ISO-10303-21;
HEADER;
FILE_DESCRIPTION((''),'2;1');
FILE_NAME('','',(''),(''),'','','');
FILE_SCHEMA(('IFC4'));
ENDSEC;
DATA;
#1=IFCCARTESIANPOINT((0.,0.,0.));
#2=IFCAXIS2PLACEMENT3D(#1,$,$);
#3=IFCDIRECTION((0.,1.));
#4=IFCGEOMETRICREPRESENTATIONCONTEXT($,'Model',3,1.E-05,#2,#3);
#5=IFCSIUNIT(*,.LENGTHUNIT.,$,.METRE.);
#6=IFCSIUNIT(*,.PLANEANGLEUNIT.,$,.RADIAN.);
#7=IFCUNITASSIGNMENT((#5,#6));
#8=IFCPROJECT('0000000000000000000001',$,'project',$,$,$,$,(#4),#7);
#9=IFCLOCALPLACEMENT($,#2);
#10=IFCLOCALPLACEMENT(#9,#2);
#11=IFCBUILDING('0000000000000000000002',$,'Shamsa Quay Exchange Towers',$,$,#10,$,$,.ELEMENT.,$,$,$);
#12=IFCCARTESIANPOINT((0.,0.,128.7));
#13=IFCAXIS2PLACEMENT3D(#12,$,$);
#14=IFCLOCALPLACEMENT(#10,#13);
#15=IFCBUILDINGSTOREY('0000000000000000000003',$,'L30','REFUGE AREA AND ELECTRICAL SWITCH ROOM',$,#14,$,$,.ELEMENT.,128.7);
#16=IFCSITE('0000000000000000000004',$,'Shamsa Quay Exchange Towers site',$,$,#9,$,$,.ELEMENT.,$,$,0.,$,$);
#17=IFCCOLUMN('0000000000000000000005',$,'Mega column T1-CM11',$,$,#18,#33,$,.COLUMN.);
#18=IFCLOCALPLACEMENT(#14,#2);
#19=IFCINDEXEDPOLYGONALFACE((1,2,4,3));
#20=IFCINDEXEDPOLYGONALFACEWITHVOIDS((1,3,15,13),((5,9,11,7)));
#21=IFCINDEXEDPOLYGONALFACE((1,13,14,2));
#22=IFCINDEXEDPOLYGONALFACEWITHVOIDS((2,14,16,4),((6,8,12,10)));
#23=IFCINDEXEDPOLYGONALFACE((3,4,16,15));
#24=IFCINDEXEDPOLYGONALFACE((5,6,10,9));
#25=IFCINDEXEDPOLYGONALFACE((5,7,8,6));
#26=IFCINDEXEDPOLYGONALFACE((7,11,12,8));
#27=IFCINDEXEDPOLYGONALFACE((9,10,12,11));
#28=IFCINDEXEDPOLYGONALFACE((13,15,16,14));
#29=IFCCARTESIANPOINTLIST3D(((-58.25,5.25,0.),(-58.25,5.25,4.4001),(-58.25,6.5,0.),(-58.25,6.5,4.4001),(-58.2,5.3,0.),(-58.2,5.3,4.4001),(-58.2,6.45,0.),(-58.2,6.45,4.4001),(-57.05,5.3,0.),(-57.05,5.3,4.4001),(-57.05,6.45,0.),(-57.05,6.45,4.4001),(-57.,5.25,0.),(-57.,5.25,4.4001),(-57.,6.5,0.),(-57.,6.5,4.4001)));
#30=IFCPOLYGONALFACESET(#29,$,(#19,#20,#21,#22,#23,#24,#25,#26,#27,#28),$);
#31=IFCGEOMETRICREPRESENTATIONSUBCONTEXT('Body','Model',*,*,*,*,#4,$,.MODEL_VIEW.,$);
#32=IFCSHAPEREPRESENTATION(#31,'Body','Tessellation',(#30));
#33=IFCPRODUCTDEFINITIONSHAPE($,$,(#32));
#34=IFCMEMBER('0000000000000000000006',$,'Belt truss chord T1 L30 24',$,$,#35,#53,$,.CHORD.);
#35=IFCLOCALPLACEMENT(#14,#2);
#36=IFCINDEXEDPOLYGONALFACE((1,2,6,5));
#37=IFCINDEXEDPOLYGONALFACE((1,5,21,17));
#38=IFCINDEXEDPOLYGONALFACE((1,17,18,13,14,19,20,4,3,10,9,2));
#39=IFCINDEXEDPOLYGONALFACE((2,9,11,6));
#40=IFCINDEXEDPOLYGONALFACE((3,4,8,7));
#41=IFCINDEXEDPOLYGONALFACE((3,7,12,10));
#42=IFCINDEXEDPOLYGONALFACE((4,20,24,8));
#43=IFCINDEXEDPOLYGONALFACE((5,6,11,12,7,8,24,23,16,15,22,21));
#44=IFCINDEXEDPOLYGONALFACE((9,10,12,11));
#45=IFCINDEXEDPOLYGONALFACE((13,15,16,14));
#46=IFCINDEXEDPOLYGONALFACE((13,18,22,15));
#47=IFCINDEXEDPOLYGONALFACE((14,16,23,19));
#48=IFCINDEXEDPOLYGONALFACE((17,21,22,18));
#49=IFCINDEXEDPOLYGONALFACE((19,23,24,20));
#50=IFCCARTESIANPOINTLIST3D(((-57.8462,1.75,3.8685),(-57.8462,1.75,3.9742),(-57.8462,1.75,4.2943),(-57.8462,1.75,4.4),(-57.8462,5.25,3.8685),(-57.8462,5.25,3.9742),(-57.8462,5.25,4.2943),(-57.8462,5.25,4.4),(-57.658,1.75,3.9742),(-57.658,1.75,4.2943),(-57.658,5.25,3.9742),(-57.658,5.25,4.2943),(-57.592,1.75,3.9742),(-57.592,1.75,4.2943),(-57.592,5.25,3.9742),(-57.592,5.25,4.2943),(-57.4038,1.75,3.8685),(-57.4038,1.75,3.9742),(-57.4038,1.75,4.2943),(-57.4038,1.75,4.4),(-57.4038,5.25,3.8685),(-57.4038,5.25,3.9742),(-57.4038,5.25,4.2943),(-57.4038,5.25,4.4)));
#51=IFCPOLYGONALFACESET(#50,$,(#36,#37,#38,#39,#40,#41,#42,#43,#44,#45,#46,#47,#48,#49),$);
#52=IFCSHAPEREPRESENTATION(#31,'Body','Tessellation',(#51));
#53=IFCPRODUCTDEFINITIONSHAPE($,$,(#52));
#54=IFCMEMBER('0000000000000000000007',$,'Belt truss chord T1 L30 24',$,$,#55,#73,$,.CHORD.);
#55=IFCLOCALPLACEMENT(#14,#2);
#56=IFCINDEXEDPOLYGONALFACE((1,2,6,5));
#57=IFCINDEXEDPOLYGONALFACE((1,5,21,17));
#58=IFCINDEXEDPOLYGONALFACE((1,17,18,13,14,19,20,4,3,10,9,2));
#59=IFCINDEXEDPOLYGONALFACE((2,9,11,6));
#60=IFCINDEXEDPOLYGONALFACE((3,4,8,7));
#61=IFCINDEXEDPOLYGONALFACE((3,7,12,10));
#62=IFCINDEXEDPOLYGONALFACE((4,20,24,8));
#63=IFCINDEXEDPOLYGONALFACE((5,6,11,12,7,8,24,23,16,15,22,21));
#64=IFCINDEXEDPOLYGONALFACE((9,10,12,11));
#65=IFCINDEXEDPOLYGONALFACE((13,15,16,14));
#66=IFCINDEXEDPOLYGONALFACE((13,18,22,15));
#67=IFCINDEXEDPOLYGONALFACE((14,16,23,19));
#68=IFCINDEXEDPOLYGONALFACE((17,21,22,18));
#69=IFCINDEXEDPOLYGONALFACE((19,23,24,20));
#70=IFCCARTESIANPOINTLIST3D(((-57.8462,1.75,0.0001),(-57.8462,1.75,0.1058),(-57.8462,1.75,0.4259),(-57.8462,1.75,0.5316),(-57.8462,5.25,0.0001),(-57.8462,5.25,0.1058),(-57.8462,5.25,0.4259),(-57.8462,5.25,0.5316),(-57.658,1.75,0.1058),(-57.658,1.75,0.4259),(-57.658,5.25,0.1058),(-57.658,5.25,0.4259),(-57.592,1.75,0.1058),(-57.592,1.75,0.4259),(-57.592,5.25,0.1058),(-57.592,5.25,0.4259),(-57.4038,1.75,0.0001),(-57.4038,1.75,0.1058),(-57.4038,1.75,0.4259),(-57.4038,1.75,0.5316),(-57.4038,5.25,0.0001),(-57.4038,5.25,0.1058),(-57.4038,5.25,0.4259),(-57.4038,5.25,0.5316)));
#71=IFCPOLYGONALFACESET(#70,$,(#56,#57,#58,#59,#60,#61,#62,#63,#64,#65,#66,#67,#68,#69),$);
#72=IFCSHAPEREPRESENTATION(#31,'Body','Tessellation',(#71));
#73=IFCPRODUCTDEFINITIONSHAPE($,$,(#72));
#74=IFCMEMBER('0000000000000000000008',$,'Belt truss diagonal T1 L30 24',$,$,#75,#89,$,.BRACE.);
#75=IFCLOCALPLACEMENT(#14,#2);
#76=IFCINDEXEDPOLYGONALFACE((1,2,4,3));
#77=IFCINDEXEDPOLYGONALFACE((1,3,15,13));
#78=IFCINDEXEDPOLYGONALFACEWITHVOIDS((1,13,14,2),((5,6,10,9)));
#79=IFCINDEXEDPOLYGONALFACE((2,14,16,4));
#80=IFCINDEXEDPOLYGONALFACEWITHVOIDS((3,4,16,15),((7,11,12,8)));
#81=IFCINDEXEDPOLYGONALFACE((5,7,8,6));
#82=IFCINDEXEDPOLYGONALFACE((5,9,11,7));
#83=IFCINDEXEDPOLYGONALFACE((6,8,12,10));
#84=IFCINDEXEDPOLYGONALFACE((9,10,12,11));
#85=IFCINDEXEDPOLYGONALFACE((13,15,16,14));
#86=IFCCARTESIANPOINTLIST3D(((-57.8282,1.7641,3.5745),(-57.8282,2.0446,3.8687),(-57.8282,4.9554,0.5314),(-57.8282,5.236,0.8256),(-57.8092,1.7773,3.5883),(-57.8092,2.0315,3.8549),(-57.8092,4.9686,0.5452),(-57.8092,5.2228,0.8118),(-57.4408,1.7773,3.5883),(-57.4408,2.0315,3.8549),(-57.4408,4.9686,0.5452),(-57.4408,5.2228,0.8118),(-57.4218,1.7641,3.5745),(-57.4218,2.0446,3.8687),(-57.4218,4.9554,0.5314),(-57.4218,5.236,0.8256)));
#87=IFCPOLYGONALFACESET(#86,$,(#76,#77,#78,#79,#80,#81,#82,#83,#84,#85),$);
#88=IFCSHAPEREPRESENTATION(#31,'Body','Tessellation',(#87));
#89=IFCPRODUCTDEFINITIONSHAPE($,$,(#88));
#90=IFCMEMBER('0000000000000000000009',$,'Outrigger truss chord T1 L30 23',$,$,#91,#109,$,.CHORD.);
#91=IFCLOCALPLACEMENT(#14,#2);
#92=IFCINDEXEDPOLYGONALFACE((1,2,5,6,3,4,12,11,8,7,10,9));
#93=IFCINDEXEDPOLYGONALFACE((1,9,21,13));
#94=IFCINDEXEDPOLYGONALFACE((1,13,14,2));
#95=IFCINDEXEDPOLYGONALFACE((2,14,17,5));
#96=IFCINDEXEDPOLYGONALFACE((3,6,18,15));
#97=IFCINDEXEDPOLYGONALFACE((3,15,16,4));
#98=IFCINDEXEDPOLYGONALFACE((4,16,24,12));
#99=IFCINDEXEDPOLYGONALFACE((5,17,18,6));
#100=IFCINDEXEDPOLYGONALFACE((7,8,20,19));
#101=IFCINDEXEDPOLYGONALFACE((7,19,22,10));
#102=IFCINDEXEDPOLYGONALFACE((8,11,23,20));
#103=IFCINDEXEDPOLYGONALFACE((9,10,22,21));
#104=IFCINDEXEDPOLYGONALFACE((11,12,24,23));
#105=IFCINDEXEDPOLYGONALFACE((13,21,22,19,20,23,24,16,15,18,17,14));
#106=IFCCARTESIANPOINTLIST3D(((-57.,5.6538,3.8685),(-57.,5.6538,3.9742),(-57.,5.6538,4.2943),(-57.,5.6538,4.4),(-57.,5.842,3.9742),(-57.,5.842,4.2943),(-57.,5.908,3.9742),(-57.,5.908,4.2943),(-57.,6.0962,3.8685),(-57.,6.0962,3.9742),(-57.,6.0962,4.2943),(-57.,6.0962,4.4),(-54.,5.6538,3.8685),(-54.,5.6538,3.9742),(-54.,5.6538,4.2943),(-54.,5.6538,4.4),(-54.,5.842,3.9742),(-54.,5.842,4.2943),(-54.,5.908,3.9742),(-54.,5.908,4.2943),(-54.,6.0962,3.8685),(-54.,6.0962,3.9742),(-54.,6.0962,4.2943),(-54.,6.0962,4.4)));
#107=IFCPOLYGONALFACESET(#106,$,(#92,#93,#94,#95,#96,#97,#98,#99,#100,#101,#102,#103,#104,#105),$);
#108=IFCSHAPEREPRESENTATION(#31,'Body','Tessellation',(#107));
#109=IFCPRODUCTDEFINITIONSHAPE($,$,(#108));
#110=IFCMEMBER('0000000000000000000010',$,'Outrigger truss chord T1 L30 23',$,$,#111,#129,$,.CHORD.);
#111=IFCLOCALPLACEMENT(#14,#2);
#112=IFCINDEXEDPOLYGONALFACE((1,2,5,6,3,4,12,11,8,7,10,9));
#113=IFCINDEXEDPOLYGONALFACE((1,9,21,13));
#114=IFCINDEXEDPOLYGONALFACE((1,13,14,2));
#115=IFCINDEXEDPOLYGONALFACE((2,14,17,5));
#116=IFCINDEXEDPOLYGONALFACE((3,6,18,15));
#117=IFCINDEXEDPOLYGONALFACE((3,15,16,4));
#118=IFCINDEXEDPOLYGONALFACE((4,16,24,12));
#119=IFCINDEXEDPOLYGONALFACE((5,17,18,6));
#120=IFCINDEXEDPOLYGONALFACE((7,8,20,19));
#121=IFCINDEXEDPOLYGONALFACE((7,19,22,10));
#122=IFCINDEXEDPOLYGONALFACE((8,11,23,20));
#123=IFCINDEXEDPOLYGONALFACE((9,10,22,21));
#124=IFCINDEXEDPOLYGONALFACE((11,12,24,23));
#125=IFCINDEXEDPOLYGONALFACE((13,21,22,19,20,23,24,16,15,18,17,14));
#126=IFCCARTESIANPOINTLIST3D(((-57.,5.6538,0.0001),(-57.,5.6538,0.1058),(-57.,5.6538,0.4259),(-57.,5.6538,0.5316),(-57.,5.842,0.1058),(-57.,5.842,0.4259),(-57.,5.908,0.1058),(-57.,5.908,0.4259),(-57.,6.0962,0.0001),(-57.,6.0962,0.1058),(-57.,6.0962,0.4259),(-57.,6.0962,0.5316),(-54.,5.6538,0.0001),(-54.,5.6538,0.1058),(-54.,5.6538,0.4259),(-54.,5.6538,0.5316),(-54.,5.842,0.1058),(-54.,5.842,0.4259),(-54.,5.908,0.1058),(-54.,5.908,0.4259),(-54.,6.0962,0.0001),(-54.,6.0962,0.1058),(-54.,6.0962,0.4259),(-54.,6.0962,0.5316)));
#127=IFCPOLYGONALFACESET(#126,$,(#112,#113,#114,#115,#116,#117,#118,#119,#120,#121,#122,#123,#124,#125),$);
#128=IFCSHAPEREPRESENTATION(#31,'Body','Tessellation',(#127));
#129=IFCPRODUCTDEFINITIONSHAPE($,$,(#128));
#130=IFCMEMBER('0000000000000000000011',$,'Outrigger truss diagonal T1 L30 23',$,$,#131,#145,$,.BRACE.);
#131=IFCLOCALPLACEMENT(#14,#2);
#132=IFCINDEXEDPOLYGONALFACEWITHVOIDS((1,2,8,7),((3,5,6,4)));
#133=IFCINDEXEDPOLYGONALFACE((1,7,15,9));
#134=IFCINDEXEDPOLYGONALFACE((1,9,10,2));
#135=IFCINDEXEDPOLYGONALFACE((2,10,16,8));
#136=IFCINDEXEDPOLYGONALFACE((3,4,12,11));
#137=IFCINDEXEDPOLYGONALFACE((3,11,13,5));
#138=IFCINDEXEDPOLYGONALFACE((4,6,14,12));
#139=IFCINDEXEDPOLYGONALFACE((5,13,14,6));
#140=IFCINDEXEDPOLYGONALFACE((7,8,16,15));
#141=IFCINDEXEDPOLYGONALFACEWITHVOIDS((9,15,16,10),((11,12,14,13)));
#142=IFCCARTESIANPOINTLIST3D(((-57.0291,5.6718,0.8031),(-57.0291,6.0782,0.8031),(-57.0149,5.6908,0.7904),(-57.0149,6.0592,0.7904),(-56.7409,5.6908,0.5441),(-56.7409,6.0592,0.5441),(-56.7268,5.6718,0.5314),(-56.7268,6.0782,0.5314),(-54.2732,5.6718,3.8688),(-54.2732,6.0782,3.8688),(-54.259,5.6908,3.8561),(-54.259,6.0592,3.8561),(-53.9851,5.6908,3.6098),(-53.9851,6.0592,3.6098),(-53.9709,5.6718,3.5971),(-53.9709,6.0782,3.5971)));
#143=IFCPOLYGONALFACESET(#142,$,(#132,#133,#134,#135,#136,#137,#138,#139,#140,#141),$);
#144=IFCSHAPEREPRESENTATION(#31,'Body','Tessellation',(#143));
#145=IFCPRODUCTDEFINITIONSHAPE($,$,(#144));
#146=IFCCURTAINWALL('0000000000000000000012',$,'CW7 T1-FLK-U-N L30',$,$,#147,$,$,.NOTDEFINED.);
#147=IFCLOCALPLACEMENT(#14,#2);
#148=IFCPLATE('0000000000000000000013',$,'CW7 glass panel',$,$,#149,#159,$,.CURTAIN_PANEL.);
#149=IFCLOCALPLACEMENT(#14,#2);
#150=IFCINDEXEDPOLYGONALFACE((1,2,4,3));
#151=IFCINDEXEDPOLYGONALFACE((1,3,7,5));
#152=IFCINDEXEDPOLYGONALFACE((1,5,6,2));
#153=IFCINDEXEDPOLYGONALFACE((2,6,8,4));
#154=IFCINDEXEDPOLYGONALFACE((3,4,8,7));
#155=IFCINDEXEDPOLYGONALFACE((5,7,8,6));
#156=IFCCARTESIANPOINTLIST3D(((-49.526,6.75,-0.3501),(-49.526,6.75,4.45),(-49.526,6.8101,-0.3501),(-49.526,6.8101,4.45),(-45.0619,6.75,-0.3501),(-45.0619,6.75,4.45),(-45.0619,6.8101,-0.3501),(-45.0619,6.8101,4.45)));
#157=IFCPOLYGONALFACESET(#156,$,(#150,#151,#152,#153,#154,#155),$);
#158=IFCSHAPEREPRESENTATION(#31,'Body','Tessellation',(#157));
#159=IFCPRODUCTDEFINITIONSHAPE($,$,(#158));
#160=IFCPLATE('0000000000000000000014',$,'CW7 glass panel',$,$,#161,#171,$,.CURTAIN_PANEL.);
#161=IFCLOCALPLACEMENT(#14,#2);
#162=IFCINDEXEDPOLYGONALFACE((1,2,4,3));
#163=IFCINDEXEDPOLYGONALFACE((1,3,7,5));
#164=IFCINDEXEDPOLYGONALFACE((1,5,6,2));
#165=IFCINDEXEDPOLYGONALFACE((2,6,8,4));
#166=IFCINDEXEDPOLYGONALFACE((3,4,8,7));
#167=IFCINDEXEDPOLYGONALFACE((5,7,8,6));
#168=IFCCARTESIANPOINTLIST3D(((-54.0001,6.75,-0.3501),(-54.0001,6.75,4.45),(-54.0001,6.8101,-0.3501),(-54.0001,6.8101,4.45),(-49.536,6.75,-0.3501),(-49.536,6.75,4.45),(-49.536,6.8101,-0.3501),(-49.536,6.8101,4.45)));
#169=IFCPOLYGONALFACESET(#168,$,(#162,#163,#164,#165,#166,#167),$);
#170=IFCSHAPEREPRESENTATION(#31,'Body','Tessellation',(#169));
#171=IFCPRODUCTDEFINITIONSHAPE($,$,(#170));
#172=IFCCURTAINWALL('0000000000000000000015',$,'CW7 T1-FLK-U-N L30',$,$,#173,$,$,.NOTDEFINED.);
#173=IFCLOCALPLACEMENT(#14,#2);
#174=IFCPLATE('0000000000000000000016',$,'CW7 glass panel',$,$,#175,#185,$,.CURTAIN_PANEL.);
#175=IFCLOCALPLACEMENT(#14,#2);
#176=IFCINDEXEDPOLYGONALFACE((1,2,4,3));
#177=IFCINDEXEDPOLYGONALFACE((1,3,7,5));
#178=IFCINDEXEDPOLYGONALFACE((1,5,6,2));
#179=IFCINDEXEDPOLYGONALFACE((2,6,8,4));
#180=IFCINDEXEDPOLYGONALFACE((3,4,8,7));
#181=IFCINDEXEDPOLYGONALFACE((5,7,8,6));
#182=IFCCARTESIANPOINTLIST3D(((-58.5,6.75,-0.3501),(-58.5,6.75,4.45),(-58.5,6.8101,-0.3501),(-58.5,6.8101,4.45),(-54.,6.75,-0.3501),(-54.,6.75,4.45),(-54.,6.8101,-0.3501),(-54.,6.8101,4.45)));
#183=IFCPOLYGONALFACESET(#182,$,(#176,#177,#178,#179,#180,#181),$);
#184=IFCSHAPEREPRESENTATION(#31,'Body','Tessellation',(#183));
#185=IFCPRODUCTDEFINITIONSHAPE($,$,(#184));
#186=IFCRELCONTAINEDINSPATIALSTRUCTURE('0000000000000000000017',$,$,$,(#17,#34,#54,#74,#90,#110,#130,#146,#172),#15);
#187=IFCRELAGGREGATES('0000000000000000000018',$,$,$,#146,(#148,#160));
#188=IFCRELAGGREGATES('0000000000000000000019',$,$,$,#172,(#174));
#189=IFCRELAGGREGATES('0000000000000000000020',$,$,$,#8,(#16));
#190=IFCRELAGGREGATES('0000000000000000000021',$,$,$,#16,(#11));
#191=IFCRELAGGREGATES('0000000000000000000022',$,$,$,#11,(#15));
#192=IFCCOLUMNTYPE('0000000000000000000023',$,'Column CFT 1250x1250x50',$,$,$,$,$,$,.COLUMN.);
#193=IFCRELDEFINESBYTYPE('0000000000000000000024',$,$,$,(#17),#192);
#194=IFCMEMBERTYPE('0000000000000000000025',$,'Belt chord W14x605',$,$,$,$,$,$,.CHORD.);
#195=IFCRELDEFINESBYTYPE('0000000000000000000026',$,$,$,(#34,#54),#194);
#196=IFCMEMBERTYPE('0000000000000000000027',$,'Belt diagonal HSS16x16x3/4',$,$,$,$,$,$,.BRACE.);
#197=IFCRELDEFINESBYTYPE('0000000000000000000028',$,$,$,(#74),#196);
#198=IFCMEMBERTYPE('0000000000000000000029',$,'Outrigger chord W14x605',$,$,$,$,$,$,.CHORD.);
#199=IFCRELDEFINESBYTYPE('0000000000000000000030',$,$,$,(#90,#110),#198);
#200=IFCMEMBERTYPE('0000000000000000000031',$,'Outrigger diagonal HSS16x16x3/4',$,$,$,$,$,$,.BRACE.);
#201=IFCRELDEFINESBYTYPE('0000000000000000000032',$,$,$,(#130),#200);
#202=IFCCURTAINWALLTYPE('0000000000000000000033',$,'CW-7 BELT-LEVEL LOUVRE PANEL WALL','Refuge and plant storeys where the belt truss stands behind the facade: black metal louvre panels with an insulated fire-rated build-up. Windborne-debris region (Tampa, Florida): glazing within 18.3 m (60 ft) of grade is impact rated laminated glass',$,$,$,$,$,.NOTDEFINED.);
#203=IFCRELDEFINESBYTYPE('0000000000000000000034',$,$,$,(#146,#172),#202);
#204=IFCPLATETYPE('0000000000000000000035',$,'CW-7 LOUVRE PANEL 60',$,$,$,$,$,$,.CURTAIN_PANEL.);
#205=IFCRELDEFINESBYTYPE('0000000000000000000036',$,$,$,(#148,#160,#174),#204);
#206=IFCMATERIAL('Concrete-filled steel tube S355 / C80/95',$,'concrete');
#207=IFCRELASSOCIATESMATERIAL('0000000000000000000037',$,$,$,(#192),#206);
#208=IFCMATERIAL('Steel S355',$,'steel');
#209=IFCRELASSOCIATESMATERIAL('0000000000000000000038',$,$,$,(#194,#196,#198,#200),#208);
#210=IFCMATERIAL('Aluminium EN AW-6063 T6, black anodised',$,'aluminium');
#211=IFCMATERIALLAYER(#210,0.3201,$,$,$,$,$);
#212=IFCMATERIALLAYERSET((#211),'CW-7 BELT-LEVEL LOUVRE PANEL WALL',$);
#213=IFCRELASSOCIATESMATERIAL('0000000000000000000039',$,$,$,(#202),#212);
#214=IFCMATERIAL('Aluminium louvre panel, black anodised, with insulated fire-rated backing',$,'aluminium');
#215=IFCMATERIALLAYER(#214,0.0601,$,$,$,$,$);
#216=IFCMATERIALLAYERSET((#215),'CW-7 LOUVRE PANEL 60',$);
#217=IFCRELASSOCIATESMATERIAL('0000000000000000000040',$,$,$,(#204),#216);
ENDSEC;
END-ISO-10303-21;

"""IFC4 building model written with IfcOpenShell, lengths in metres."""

from ifc_helpers import new_model, si_unit, direction, frame, origin, origin_2d, place, context, subcontext, project, spatial, rectangle, hollow_rectangle, i_section, extrude, material, layer, layer_set, material_profile, profile_set, type_object, element, aggregate, save


model = new_model("IFC4")

# Units and contexts
model_context = context("Model", 3, precision=1e-05, world=origin(), true_north=direction((0.0, 1.0)))
body_context = subcontext(model_context, "Body", "Model", "MODEL_VIEW")
ifc_project = project(units=[si_unit("LENGTHUNIT", "METRE"), si_unit("PLANEANGLEUNIT", "RADIAN")], contexts=[model_context])

# Site, building, storey
site_placement = place(None, origin())
site = spatial("IfcSite", under=ifc_project, at=site_placement, Name="Shamsa Quay Exchange Towers site", CompositionType="ELEMENT", RefElevation=0.0)
building_placement = place(site_placement, origin())
building = spatial("IfcBuilding", under=site, at=building_placement, Name="Shamsa Quay Exchange Towers", CompositionType="ELEMENT")
storey_placement = place(building_placement, frame((0.0, 0.0, 128.7)))
storey = spatial("IfcBuildingStorey", under=building, at=storey_placement, Name="L30", Description="REFUGE AREA AND ELECTRICAL SWITCH ROOM", CompositionType="ELEMENT", Elevation=128.7)

# Column
ifc_material_1 = material(Name="Concrete-filled steel tube S355 / C80/95", Category="concrete")
ifc_material_profile_1 = material_profile(ifc_material_1, hollow_rectangle(XDim=1.25, YDim=1.25, WallThickness=0.05, at=origin_2d()), Name="CFT 1250x1250x50")
ifc_profile_set_1 = profile_set([ifc_material_profile_1], Name="Concrete-filled steel tube S355 / C80/95")
column_type = type_object("IfcColumnType", Name="Column CFT 1250x1250x50", PredefinedType="COLUMN", material=ifc_profile_set_1)
column_placement = place(storey_placement, frame((-57.625, 5.875, 0.0)))
element("IfcColumn", 1, at=column_placement, inside=storey, type_object=column_type, Name="Mega column T1-CM11", PredefinedType="COLUMN", context=body_context, shape_type="SweptSolid", body=[
    extrude(hollow_rectangle(XDim=1.25, YDim=1.25, WallThickness=0.05, at=origin_2d()), origin(), (0.0, 0.0, 1.0), 4.4001),
])

# Members
ifc_material_2 = material(Name="Steel S355", Category="steel")
ifc_material_profile_2 = material_profile(ifc_material_2, i_section(OverallWidth=0.4424, OverallDepth=0.5315, WebThickness=0.0659, FlangeThickness=0.1057, at=origin_2d()), Name="W14x605")
ifc_profile_set_2 = profile_set([ifc_material_profile_2], Name="Steel S355")
member_type_1 = type_object("IfcMemberType", Name="Belt chord W14x605", PredefinedType="CHORD", material=ifc_profile_set_2)
for number, where, z_axis, x_axis, name in (
    (2, (-57.625, 5.25, 4.1343), (0.0, -1.0, 0.0), (1.0, 0.0, 0.0), "Belt truss chord T1 L30 24"),
    (3, (-57.625, 5.25, 0.2659), (0.0, -1.0, 0.0), (1.0, 0.0, 0.0), "Belt truss chord T1 L30 24"),
):
    element("IfcMember", number, at=place(storey_placement, frame(where, z_axis=z_axis, x_axis=x_axis)), inside=storey, type_object=member_type_1, Name=name, PredefinedType="CHORD", context=body_context, shape_type="SweptSolid", body=[
        extrude(i_section(OverallWidth=0.4424, OverallDepth=0.5315, WebThickness=0.0659, FlangeThickness=0.1057, at=origin_2d()), origin(), (0.0, 0.0, 1.0), 3.5),
    ])
ifc_material_profile_3 = material_profile(ifc_material_2, hollow_rectangle(XDim=0.4065, YDim=0.4065, WallThickness=0.019, at=origin_2d()), Name="HSS16x16x3/4")
ifc_profile_set_3 = profile_set([ifc_material_profile_3], Name="Steel S355")
member_type_2 = type_object("IfcMemberType", Name="Belt diagonal HSS16x16x3/4", PredefinedType="BRACE", material=ifc_profile_set_3)
member_1_placement = place(storey_placement, frame((-57.625, 5.0957, 0.6785), z_axis=(0.0, -0.72371, 0.690104), x_axis=(1.0, 0.0, 0.0)))
element("IfcMember", 4, at=member_1_placement, inside=storey, type_object=member_type_2, Name="Belt truss diagonal T1 L30 24", PredefinedType="BRACE", context=body_context, shape_type="SweptSolid", body=[
    extrude(hollow_rectangle(XDim=0.4065, YDim=0.4065, WallThickness=0.019, at=origin_2d()), origin(), (0.0, 0.0, 1.0), 4.4097),
])
ifc_material_profile_4 = material_profile(ifc_material_2, i_section(OverallWidth=0.4424, OverallDepth=0.5315, WebThickness=0.0659, FlangeThickness=0.1057, at=origin_2d()), Name="W14x605")
ifc_profile_set_4 = profile_set([ifc_material_profile_4], Name="Steel S355")
member_type_3 = type_object("IfcMemberType", Name="Outrigger chord W14x605", PredefinedType="CHORD", material=ifc_profile_set_4)
for number, where, z_axis, x_axis, name in (
    (5, (-57.0, 5.875, 4.1343), (1.0, 0.0, 0.0), (0.0, 1.0, 0.0), "Outrigger truss chord T1 L30 23"),
    (6, (-57.0, 5.875, 0.2659), (1.0, 0.0, 0.0), (0.0, 1.0, 0.0), "Outrigger truss chord T1 L30 23"),
):
    element("IfcMember", number, at=place(storey_placement, frame(where, z_axis=z_axis, x_axis=x_axis)), inside=storey, type_object=member_type_3, Name=name, PredefinedType="CHORD", context=body_context, shape_type="SweptSolid", body=[
        extrude(i_section(OverallWidth=0.4424, OverallDepth=0.5315, WebThickness=0.0659, FlangeThickness=0.1057, at=origin_2d()), origin(), (0.0, 0.0, 1.0), 3.0),
    ])
ifc_material_profile_5 = material_profile(ifc_material_2, hollow_rectangle(XDim=0.4065, YDim=0.4065, WallThickness=0.019, at=origin_2d()), Name="HSS16x16x3/4")
ifc_profile_set_5 = profile_set([ifc_material_profile_5], Name="Steel S355")
member_type_4 = type_object("IfcMemberType", Name="Outrigger diagonal HSS16x16x3/4", PredefinedType="BRACE", material=ifc_profile_set_5)
member_2_placement = place(storey_placement, frame((-56.8779, 5.875, 0.6672), z_axis=(0.668529, 0.0, 0.743686), x_axis=(0.0, 1.0, 0.0)))
element("IfcMember", 7, at=member_2_placement, inside=storey, type_object=member_type_4, Name="Outrigger truss diagonal T1 L30 23", PredefinedType="BRACE", context=body_context, shape_type="SweptSolid", body=[
    extrude(hollow_rectangle(XDim=0.4065, YDim=0.4065, WallThickness=0.019, at=origin_2d()), origin(), (0.0, 0.0, 1.0), 4.1223),
])

# Curtain wall, plates
ifc_material_3 = material(Name="Aluminium EN AW-6063 T6, black anodised", Category="aluminium")
ifc_layer_1 = layer(ifc_material_3, 0.3201)
ifc_layer_set_1 = layer_set([ifc_layer_1], Name="CW-7 BELT-LEVEL LOUVRE PANEL WALL")
curtain_wall_type = type_object("IfcCurtainWallType", Name="CW-7 BELT-LEVEL LOUVRE PANEL WALL", Description="Refuge and plant storeys where the belt truss stands behind the facade: black metal louvre panels with an insulated fire-rated build-up. Windborne-debris region (Tampa, Florida): glazing within 18.3 m (60 ft) of grade is impact rated laminated glass", PredefinedType="NOTDEFINED", material=ifc_layer_set_1)
curtain_wall_1_placement = place(storey_placement, origin())
curtain_wall_1 = element("IfcCurtainWall", 8, at=curtain_wall_1_placement, inside=storey, type_object=curtain_wall_type, Name="CW7 T1-FLK-U-N L30", PredefinedType="NOTDEFINED")
ifc_material_4 = material(Name="Aluminium louvre panel, black anodised, with insulated fire-rated backing", Category="aluminium")
ifc_layer_2 = layer(ifc_material_4, 0.0601)
ifc_layer_set_2 = layer_set([ifc_layer_2], Name="CW-7 LOUVRE PANEL 60")
plate_type = type_object("IfcPlateType", Name="CW-7 LOUVRE PANEL 60", PredefinedType="CURTAIN_PANEL", material=ifc_layer_set_2)
plate_1_placement = place(storey_placement, frame((-47.2939, 6.78, -0.3501), z_axis=(0.0, 0.0, 1.0), x_axis=(-1.0, 0.0, 0.0)))
plate_1 = element("IfcPlate", 9, at=plate_1_placement, type_object=plate_type, Name="CW7 glass panel", PredefinedType="CURTAIN_PANEL", context=body_context, shape_type="SweptSolid", body=[
    extrude(rectangle(XDim=4.4641, YDim=0.0601, at=origin_2d()), origin(), (0.0, 0.0, 1.0), 4.8),
])
plate_2_placement = place(storey_placement, frame((-51.7681, 6.78, -0.3501), z_axis=(0.0, 0.0, 1.0), x_axis=(-1.0, 0.0, 0.0)))
plate_2 = element("IfcPlate", 10, at=plate_2_placement, type_object=plate_type, Name="CW7 glass panel", PredefinedType="CURTAIN_PANEL", context=body_context, shape_type="SweptSolid", body=[
    extrude(rectangle(XDim=4.4641, YDim=0.0601, at=origin_2d()), origin(), (0.0, 0.0, 1.0), 4.8),
])
aggregate(curtain_wall_1, [plate_1, plate_2])

# Curtain wall, plate
curtain_wall_2_placement = place(storey_placement, origin())
curtain_wall_2 = element("IfcCurtainWall", 11, at=curtain_wall_2_placement, inside=storey, type_object=curtain_wall_type, Name="CW7 T1-FLK-U-N L30", PredefinedType="NOTDEFINED")
plate_3_placement = place(storey_placement, frame((-56.25, 6.78, -0.3501), z_axis=(0.0, 0.0, 1.0), x_axis=(-1.0, 0.0, 0.0)))
plate_3 = element("IfcPlate", 12, at=plate_3_placement, type_object=plate_type, Name="CW7 glass panel", PredefinedType="CURTAIN_PANEL", context=body_context, shape_type="SweptSolid", body=[
    extrude(rectangle(XDim=4.5, YDim=0.0601, at=origin_2d()), origin(), (0.0, 0.0, 1.0), 4.8),
])
aggregate(curtain_wall_2, [plate_3])

save(model, "model.ifc")
